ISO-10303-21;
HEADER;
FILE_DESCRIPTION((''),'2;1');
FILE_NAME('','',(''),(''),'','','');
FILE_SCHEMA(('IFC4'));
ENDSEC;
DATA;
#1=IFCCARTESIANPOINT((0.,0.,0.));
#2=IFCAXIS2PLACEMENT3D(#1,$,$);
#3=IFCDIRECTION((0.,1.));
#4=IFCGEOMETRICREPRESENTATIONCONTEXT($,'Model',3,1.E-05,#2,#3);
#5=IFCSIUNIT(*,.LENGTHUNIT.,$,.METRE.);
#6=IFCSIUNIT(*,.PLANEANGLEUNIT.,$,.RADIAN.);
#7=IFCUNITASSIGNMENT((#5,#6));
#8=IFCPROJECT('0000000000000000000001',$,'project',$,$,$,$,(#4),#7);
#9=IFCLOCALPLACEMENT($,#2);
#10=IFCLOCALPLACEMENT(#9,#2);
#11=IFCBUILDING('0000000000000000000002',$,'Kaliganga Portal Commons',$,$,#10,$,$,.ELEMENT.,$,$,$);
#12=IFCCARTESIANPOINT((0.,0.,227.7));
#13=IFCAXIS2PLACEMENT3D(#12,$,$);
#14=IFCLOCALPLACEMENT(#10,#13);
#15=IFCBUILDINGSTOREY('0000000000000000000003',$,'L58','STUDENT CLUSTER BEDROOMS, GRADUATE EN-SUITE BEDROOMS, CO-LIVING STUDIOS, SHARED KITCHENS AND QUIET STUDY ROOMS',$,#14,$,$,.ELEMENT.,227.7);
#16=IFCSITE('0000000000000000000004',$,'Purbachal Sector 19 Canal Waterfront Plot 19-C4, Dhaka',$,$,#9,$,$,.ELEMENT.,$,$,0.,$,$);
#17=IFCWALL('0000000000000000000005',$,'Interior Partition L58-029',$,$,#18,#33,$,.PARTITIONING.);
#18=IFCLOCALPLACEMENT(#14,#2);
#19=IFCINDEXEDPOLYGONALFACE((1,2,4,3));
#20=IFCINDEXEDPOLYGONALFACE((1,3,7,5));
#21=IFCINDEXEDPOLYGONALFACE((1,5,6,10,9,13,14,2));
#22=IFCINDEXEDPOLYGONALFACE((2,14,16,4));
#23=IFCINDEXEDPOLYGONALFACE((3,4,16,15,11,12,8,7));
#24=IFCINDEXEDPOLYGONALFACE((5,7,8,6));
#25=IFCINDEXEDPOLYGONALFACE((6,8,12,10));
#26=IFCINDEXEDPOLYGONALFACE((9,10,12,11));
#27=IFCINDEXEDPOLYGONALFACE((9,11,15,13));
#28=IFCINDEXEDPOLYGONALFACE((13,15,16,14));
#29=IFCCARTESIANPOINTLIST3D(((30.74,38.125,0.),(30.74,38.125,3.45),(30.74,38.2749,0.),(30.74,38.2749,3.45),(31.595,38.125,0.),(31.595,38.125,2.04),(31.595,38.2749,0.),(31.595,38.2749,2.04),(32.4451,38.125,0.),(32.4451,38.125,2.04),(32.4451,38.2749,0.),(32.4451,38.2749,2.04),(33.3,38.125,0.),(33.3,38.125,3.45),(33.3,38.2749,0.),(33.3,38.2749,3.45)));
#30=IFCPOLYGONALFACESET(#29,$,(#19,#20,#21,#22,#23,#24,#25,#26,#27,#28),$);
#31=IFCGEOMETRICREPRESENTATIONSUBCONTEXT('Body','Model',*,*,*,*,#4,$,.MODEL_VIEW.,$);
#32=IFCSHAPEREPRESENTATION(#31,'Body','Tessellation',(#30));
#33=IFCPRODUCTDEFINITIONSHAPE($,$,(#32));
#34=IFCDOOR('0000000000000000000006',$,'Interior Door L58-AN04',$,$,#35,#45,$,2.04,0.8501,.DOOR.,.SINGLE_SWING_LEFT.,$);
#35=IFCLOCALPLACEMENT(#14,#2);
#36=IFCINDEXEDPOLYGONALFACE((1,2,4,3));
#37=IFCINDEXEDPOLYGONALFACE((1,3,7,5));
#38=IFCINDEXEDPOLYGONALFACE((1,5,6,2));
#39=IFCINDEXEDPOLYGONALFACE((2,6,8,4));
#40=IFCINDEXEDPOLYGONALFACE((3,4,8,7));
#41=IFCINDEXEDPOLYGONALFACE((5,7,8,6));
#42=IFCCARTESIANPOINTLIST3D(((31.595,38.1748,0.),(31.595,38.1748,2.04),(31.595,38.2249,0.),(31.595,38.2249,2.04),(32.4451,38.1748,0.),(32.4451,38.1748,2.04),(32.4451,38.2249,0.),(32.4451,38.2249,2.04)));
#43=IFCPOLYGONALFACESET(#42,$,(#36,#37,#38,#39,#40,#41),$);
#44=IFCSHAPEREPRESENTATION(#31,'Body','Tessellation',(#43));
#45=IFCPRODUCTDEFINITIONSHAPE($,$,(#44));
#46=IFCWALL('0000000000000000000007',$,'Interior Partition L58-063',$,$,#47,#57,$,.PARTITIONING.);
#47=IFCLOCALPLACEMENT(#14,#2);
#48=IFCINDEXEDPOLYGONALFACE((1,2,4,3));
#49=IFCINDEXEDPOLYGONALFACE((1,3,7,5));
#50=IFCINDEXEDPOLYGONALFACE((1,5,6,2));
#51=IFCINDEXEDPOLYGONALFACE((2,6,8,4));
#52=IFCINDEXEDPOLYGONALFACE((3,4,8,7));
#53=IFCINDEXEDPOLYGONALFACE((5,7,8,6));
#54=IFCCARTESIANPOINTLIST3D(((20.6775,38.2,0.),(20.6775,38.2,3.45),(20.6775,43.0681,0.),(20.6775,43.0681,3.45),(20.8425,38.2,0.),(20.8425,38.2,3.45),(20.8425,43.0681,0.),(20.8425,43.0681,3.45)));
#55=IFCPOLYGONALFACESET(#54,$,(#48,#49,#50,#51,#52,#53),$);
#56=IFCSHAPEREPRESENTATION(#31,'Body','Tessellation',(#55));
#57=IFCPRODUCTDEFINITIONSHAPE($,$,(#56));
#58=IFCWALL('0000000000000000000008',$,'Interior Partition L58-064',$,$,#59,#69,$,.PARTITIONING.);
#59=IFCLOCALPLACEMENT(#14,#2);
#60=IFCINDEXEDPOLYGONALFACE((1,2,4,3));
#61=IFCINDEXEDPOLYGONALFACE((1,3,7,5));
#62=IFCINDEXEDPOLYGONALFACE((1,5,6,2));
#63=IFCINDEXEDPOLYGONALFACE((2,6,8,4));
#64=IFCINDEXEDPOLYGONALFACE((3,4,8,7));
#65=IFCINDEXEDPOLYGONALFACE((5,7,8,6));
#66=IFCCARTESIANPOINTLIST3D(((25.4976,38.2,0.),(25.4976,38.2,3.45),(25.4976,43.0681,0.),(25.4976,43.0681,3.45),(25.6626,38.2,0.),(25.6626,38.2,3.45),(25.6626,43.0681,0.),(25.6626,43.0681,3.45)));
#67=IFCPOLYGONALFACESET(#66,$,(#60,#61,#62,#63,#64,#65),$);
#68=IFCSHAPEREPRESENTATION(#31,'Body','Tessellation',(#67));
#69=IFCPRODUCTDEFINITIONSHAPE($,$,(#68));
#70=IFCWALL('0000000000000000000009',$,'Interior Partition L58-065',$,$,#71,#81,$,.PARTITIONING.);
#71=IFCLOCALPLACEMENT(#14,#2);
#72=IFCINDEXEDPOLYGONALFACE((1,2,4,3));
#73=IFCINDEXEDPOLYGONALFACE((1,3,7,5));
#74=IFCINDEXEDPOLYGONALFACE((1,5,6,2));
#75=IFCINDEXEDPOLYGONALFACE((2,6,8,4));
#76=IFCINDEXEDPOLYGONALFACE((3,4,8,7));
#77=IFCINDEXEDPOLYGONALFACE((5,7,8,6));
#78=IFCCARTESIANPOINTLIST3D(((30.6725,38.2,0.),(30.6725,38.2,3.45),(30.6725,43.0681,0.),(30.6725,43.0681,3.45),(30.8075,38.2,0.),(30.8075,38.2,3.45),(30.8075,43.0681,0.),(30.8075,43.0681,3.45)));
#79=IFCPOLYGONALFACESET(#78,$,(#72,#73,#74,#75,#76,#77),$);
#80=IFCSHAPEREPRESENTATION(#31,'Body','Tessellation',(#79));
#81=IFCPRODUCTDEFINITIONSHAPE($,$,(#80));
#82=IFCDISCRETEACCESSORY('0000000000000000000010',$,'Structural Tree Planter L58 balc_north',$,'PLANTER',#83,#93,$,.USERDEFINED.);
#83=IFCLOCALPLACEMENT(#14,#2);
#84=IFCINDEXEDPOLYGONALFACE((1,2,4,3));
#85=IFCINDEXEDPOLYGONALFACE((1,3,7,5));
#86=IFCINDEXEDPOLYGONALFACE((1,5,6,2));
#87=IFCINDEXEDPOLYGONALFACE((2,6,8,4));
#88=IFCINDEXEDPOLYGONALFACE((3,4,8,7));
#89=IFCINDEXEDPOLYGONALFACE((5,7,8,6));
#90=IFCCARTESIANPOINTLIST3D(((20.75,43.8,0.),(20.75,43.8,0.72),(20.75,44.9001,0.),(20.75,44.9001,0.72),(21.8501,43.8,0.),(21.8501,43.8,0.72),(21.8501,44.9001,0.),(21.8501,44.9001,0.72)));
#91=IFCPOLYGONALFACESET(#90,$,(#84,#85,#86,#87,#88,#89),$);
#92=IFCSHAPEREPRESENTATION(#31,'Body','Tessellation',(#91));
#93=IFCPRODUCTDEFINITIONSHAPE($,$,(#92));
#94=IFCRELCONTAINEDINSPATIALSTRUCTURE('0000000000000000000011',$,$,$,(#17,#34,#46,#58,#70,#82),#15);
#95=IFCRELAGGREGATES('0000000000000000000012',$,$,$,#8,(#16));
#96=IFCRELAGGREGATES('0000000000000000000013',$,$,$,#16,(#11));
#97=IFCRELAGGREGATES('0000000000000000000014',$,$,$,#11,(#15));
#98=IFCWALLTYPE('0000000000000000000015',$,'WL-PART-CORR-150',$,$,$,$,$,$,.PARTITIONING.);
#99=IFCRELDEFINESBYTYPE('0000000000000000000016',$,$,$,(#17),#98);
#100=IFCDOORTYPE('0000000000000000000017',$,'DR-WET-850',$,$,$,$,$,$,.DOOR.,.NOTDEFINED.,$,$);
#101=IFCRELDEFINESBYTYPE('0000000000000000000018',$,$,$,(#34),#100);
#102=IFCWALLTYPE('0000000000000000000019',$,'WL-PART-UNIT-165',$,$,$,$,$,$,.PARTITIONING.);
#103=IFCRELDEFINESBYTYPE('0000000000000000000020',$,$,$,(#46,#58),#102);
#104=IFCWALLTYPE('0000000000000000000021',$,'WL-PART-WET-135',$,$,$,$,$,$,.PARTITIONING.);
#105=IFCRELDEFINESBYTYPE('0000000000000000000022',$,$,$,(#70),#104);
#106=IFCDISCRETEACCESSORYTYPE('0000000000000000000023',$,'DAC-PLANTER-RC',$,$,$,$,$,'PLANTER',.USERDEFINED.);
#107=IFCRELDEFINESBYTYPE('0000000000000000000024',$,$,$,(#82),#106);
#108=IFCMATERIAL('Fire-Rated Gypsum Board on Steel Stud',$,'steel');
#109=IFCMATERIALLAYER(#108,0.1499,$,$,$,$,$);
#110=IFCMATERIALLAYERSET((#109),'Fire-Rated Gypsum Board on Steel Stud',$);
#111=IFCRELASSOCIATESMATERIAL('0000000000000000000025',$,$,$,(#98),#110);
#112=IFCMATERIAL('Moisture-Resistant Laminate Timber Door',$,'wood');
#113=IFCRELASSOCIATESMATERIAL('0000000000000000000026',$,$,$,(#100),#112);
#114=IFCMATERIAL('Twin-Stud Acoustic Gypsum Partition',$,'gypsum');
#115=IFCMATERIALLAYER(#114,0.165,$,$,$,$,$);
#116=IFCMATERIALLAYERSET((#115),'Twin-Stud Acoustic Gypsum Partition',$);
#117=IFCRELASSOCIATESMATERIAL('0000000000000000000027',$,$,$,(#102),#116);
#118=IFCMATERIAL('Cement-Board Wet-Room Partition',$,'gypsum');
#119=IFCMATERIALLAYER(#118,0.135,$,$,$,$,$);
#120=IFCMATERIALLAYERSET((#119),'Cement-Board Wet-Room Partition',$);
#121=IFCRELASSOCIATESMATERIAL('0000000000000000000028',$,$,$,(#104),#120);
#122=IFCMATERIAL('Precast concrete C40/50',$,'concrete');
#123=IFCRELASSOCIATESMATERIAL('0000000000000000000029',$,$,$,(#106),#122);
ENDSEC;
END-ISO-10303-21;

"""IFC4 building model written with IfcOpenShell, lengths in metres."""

from ifc_helpers import new_model, si_unit, direction, frame, frame_2d, origin, origin_2d, place, context, subcontext, project, spatial, rectangle, extrude, source, transform, mapped, material, layer, layer_set, type_object, element, fill, save


model = new_model("IFC4")

# Units and contexts
model_context = context("Model", 3, precision=1e-05, world=origin(), true_north=direction((0.0, 1.0)))
body_context = subcontext(model_context, "Body", "Model", "MODEL_VIEW")
ifc_project = project(units=[si_unit("LENGTHUNIT", "METRE"), si_unit("PLANEANGLEUNIT", "RADIAN")], contexts=[model_context])

# Site, building, storey
site_placement = place(None, origin())
site = spatial("IfcSite", under=ifc_project, at=site_placement, Name="Purbachal Sector 19 Canal Waterfront Plot 19-C4, Dhaka", CompositionType="ELEMENT", RefElevation=0.0)
building_placement = place(site_placement, origin())
building = spatial("IfcBuilding", under=site, at=building_placement, Name="Kaliganga Portal Commons", CompositionType="ELEMENT")
storey_placement = place(building_placement, frame((0.0, 0.0, 227.7)))
storey = spatial("IfcBuildingStorey", under=building, at=storey_placement, Name="L58", Description="STUDENT CLUSTER BEDROOMS, GRADUATE EN-SUITE BEDROOMS, CO-LIVING STUDIOS, SHARED KITCHENS AND QUIET STUDY ROOMS", CompositionType="ELEMENT", Elevation=227.7)

# Wall, opening, door
ifc_material_1 = material(Name="Fire-Rated Gypsum Board on Steel Stud", Category="steel")
ifc_layer_1 = layer(ifc_material_1, 0.1499)
ifc_layer_set_1 = layer_set([ifc_layer_1], Name="Fire-Rated Gypsum Board on Steel Stud")
wall_type_1 = type_object("IfcWallType", Name="WL-PART-CORR-150", PredefinedType="PARTITIONING", material=ifc_layer_set_1)
wall_1_placement = place(storey_placement, frame((30.74, 38.2, 0.0), z_axis=(0.0, 0.0, 1.0), x_axis=(1.0, 0.0, 0.0)))
wall_1 = element("IfcWall", 1, at=wall_1_placement, inside=storey, type_object=wall_type_1, Name="Interior Partition L58-029", PredefinedType="PARTITIONING", context=body_context, shape_type="SweptSolid", body=[
    extrude(rectangle(XDim=2.5601, YDim=0.1499, at=frame_2d((1.28, 0.0))), origin(), (0.0, 0.0, 1.0), 3.45),
])
opening_1_placement = place(wall_1_placement, frame((0.855, 0.0, 0.0)))
opening_1 = element("IfcOpeningElement", 2, at=opening_1_placement, cuts=wall_1, PredefinedType="OPENING", context=body_context, shape_type="SweptSolid", body=[
    extrude(rectangle(XDim=0.8501, YDim=2.04, at=frame_2d((0.425, 1.02))), frame((0.0, 0.085, 0.0), z_axis=(0.0, -1.0, 0.0), x_axis=(1.0, 0.0, 0.0)), (0.0, 0.0, 1.0), 0.1699),
])
ifc_material_2 = material(Name="Moisture-Resistant Laminate Timber Door", Category="wood")
door_type_1 = type_object("IfcDoorType", Name="DR-WET-850", OperationType="NOTDEFINED", PredefinedType="DOOR", material=ifc_material_2)
door_1_placement = place(opening_1_placement, origin())
door_1 = element("IfcDoor", 3, at=door_1_placement, inside=storey, type_object=door_type_1, Name="Interior Door L58-AN04", OperationType="SINGLE_SWING_LEFT", OverallHeight=2.04, OverallWidth=0.8501, PredefinedType="DOOR", context=body_context, shape_type="SweptSolid", body=[
    extrude(rectangle(XDim=0.8501, YDim=2.04, at=frame_2d((0.425, 1.02))), frame((0.0, 0.0249, 0.0), z_axis=(0.0, -1.0, 0.0), x_axis=(1.0, 0.0, 0.0)), (0.0, 0.0, 1.0), 0.05),
])
fill(opening_1, door_1)

# Walls
ifc_material_3 = material(Name="Twin-Stud Acoustic Gypsum Partition", Category="gypsum")
ifc_layer_2 = layer(ifc_material_3, 0.165)
ifc_layer_set_2 = layer_set([ifc_layer_2], Name="Twin-Stud Acoustic Gypsum Partition")
wall_type_2 = type_object("IfcWallType", Name="WL-PART-UNIT-165", PredefinedType="PARTITIONING", material=ifc_layer_set_2)
for number, where, z_axis, x_axis, name in (
    (4, (20.76, 38.2, 0.0), (0.0, 0.0, 1.0), (0.0, 1.0, 0.0), "Interior Partition L58-063"),
    (5, (25.5801, 38.2, 0.0), (0.0, 0.0, 1.0), (0.0, 1.0, 0.0), "Interior Partition L58-064"),
):
    element("IfcWall", number, at=place(storey_placement, frame(where, z_axis=z_axis, x_axis=x_axis)), inside=storey, type_object=wall_type_2, Name=name, PredefinedType="PARTITIONING", context=body_context, shape_type="SweptSolid", body=[
        extrude(rectangle(XDim=4.8682, YDim=0.165, at=frame_2d((2.4341, 0.0))), origin(), (0.0, 0.0, 1.0), 3.45),
    ])
ifc_material_4 = material(Name="Cement-Board Wet-Room Partition", Category="gypsum")
ifc_layer_3 = layer(ifc_material_4, 0.135)
ifc_layer_set_3 = layer_set([ifc_layer_3], Name="Cement-Board Wet-Room Partition")
wall_type_3 = type_object("IfcWallType", Name="WL-PART-WET-135", PredefinedType="PARTITIONING", material=ifc_layer_set_3)
wall_2_placement = place(storey_placement, frame((30.74, 38.2, 0.0), z_axis=(0.0, 0.0, 1.0), x_axis=(0.0, 1.0, 0.0)))
element("IfcWall", 6, at=wall_2_placement, inside=storey, type_object=wall_type_3, Name="Interior Partition L58-065", PredefinedType="PARTITIONING", context=body_context, shape_type="SweptSolid", body=[
    extrude(rectangle(XDim=4.8682, YDim=0.135, at=frame_2d((2.4341, 0.0))), origin(), (0.0, 0.0, 1.0), 3.45),
])

# Discrete accessory
ifc_material_5 = material(Name="Precast concrete C40/50", Category="concrete")
discrete_accessory_type = type_object("IfcDiscreteAccessoryType", Name="DAC-PLANTER-RC", ElementType="PLANTER", PredefinedType="USERDEFINED", material=ifc_material_5)
shared_shape_1 = source(origin(), body_context, "Body", "SweptSolid", [
    extrude(rectangle(XDim=1.1001, YDim=1.1001, at=origin_2d()), origin(), (0.0, 0.0, 1.0), 0.72),
])
discrete_accessory_placement = place(storey_placement, frame((21.3, 44.3501, 0.0), z_axis=(0.0, 0.0, 1.0), x_axis=(1.0, 0.0, 0.0)))
element("IfcDiscreteAccessory", 7, at=discrete_accessory_placement, inside=storey, type_object=discrete_accessory_type, Name="Structural Tree Planter L58 balc_north", ObjectType="PLANTER", PredefinedType="USERDEFINED", context=body_context, shape_type="MappedRepresentation", body=[
    mapped(shared_shape_1, transform((0.0, 0.0, 0.0), x_axis=(1.0, 0.0, 0.0), y_axis=(0.0, 1.0, 0.0), z_axis=(0.0, 0.0, 1.0), scale=1.0)),
])

save(model, "model.ifc")
